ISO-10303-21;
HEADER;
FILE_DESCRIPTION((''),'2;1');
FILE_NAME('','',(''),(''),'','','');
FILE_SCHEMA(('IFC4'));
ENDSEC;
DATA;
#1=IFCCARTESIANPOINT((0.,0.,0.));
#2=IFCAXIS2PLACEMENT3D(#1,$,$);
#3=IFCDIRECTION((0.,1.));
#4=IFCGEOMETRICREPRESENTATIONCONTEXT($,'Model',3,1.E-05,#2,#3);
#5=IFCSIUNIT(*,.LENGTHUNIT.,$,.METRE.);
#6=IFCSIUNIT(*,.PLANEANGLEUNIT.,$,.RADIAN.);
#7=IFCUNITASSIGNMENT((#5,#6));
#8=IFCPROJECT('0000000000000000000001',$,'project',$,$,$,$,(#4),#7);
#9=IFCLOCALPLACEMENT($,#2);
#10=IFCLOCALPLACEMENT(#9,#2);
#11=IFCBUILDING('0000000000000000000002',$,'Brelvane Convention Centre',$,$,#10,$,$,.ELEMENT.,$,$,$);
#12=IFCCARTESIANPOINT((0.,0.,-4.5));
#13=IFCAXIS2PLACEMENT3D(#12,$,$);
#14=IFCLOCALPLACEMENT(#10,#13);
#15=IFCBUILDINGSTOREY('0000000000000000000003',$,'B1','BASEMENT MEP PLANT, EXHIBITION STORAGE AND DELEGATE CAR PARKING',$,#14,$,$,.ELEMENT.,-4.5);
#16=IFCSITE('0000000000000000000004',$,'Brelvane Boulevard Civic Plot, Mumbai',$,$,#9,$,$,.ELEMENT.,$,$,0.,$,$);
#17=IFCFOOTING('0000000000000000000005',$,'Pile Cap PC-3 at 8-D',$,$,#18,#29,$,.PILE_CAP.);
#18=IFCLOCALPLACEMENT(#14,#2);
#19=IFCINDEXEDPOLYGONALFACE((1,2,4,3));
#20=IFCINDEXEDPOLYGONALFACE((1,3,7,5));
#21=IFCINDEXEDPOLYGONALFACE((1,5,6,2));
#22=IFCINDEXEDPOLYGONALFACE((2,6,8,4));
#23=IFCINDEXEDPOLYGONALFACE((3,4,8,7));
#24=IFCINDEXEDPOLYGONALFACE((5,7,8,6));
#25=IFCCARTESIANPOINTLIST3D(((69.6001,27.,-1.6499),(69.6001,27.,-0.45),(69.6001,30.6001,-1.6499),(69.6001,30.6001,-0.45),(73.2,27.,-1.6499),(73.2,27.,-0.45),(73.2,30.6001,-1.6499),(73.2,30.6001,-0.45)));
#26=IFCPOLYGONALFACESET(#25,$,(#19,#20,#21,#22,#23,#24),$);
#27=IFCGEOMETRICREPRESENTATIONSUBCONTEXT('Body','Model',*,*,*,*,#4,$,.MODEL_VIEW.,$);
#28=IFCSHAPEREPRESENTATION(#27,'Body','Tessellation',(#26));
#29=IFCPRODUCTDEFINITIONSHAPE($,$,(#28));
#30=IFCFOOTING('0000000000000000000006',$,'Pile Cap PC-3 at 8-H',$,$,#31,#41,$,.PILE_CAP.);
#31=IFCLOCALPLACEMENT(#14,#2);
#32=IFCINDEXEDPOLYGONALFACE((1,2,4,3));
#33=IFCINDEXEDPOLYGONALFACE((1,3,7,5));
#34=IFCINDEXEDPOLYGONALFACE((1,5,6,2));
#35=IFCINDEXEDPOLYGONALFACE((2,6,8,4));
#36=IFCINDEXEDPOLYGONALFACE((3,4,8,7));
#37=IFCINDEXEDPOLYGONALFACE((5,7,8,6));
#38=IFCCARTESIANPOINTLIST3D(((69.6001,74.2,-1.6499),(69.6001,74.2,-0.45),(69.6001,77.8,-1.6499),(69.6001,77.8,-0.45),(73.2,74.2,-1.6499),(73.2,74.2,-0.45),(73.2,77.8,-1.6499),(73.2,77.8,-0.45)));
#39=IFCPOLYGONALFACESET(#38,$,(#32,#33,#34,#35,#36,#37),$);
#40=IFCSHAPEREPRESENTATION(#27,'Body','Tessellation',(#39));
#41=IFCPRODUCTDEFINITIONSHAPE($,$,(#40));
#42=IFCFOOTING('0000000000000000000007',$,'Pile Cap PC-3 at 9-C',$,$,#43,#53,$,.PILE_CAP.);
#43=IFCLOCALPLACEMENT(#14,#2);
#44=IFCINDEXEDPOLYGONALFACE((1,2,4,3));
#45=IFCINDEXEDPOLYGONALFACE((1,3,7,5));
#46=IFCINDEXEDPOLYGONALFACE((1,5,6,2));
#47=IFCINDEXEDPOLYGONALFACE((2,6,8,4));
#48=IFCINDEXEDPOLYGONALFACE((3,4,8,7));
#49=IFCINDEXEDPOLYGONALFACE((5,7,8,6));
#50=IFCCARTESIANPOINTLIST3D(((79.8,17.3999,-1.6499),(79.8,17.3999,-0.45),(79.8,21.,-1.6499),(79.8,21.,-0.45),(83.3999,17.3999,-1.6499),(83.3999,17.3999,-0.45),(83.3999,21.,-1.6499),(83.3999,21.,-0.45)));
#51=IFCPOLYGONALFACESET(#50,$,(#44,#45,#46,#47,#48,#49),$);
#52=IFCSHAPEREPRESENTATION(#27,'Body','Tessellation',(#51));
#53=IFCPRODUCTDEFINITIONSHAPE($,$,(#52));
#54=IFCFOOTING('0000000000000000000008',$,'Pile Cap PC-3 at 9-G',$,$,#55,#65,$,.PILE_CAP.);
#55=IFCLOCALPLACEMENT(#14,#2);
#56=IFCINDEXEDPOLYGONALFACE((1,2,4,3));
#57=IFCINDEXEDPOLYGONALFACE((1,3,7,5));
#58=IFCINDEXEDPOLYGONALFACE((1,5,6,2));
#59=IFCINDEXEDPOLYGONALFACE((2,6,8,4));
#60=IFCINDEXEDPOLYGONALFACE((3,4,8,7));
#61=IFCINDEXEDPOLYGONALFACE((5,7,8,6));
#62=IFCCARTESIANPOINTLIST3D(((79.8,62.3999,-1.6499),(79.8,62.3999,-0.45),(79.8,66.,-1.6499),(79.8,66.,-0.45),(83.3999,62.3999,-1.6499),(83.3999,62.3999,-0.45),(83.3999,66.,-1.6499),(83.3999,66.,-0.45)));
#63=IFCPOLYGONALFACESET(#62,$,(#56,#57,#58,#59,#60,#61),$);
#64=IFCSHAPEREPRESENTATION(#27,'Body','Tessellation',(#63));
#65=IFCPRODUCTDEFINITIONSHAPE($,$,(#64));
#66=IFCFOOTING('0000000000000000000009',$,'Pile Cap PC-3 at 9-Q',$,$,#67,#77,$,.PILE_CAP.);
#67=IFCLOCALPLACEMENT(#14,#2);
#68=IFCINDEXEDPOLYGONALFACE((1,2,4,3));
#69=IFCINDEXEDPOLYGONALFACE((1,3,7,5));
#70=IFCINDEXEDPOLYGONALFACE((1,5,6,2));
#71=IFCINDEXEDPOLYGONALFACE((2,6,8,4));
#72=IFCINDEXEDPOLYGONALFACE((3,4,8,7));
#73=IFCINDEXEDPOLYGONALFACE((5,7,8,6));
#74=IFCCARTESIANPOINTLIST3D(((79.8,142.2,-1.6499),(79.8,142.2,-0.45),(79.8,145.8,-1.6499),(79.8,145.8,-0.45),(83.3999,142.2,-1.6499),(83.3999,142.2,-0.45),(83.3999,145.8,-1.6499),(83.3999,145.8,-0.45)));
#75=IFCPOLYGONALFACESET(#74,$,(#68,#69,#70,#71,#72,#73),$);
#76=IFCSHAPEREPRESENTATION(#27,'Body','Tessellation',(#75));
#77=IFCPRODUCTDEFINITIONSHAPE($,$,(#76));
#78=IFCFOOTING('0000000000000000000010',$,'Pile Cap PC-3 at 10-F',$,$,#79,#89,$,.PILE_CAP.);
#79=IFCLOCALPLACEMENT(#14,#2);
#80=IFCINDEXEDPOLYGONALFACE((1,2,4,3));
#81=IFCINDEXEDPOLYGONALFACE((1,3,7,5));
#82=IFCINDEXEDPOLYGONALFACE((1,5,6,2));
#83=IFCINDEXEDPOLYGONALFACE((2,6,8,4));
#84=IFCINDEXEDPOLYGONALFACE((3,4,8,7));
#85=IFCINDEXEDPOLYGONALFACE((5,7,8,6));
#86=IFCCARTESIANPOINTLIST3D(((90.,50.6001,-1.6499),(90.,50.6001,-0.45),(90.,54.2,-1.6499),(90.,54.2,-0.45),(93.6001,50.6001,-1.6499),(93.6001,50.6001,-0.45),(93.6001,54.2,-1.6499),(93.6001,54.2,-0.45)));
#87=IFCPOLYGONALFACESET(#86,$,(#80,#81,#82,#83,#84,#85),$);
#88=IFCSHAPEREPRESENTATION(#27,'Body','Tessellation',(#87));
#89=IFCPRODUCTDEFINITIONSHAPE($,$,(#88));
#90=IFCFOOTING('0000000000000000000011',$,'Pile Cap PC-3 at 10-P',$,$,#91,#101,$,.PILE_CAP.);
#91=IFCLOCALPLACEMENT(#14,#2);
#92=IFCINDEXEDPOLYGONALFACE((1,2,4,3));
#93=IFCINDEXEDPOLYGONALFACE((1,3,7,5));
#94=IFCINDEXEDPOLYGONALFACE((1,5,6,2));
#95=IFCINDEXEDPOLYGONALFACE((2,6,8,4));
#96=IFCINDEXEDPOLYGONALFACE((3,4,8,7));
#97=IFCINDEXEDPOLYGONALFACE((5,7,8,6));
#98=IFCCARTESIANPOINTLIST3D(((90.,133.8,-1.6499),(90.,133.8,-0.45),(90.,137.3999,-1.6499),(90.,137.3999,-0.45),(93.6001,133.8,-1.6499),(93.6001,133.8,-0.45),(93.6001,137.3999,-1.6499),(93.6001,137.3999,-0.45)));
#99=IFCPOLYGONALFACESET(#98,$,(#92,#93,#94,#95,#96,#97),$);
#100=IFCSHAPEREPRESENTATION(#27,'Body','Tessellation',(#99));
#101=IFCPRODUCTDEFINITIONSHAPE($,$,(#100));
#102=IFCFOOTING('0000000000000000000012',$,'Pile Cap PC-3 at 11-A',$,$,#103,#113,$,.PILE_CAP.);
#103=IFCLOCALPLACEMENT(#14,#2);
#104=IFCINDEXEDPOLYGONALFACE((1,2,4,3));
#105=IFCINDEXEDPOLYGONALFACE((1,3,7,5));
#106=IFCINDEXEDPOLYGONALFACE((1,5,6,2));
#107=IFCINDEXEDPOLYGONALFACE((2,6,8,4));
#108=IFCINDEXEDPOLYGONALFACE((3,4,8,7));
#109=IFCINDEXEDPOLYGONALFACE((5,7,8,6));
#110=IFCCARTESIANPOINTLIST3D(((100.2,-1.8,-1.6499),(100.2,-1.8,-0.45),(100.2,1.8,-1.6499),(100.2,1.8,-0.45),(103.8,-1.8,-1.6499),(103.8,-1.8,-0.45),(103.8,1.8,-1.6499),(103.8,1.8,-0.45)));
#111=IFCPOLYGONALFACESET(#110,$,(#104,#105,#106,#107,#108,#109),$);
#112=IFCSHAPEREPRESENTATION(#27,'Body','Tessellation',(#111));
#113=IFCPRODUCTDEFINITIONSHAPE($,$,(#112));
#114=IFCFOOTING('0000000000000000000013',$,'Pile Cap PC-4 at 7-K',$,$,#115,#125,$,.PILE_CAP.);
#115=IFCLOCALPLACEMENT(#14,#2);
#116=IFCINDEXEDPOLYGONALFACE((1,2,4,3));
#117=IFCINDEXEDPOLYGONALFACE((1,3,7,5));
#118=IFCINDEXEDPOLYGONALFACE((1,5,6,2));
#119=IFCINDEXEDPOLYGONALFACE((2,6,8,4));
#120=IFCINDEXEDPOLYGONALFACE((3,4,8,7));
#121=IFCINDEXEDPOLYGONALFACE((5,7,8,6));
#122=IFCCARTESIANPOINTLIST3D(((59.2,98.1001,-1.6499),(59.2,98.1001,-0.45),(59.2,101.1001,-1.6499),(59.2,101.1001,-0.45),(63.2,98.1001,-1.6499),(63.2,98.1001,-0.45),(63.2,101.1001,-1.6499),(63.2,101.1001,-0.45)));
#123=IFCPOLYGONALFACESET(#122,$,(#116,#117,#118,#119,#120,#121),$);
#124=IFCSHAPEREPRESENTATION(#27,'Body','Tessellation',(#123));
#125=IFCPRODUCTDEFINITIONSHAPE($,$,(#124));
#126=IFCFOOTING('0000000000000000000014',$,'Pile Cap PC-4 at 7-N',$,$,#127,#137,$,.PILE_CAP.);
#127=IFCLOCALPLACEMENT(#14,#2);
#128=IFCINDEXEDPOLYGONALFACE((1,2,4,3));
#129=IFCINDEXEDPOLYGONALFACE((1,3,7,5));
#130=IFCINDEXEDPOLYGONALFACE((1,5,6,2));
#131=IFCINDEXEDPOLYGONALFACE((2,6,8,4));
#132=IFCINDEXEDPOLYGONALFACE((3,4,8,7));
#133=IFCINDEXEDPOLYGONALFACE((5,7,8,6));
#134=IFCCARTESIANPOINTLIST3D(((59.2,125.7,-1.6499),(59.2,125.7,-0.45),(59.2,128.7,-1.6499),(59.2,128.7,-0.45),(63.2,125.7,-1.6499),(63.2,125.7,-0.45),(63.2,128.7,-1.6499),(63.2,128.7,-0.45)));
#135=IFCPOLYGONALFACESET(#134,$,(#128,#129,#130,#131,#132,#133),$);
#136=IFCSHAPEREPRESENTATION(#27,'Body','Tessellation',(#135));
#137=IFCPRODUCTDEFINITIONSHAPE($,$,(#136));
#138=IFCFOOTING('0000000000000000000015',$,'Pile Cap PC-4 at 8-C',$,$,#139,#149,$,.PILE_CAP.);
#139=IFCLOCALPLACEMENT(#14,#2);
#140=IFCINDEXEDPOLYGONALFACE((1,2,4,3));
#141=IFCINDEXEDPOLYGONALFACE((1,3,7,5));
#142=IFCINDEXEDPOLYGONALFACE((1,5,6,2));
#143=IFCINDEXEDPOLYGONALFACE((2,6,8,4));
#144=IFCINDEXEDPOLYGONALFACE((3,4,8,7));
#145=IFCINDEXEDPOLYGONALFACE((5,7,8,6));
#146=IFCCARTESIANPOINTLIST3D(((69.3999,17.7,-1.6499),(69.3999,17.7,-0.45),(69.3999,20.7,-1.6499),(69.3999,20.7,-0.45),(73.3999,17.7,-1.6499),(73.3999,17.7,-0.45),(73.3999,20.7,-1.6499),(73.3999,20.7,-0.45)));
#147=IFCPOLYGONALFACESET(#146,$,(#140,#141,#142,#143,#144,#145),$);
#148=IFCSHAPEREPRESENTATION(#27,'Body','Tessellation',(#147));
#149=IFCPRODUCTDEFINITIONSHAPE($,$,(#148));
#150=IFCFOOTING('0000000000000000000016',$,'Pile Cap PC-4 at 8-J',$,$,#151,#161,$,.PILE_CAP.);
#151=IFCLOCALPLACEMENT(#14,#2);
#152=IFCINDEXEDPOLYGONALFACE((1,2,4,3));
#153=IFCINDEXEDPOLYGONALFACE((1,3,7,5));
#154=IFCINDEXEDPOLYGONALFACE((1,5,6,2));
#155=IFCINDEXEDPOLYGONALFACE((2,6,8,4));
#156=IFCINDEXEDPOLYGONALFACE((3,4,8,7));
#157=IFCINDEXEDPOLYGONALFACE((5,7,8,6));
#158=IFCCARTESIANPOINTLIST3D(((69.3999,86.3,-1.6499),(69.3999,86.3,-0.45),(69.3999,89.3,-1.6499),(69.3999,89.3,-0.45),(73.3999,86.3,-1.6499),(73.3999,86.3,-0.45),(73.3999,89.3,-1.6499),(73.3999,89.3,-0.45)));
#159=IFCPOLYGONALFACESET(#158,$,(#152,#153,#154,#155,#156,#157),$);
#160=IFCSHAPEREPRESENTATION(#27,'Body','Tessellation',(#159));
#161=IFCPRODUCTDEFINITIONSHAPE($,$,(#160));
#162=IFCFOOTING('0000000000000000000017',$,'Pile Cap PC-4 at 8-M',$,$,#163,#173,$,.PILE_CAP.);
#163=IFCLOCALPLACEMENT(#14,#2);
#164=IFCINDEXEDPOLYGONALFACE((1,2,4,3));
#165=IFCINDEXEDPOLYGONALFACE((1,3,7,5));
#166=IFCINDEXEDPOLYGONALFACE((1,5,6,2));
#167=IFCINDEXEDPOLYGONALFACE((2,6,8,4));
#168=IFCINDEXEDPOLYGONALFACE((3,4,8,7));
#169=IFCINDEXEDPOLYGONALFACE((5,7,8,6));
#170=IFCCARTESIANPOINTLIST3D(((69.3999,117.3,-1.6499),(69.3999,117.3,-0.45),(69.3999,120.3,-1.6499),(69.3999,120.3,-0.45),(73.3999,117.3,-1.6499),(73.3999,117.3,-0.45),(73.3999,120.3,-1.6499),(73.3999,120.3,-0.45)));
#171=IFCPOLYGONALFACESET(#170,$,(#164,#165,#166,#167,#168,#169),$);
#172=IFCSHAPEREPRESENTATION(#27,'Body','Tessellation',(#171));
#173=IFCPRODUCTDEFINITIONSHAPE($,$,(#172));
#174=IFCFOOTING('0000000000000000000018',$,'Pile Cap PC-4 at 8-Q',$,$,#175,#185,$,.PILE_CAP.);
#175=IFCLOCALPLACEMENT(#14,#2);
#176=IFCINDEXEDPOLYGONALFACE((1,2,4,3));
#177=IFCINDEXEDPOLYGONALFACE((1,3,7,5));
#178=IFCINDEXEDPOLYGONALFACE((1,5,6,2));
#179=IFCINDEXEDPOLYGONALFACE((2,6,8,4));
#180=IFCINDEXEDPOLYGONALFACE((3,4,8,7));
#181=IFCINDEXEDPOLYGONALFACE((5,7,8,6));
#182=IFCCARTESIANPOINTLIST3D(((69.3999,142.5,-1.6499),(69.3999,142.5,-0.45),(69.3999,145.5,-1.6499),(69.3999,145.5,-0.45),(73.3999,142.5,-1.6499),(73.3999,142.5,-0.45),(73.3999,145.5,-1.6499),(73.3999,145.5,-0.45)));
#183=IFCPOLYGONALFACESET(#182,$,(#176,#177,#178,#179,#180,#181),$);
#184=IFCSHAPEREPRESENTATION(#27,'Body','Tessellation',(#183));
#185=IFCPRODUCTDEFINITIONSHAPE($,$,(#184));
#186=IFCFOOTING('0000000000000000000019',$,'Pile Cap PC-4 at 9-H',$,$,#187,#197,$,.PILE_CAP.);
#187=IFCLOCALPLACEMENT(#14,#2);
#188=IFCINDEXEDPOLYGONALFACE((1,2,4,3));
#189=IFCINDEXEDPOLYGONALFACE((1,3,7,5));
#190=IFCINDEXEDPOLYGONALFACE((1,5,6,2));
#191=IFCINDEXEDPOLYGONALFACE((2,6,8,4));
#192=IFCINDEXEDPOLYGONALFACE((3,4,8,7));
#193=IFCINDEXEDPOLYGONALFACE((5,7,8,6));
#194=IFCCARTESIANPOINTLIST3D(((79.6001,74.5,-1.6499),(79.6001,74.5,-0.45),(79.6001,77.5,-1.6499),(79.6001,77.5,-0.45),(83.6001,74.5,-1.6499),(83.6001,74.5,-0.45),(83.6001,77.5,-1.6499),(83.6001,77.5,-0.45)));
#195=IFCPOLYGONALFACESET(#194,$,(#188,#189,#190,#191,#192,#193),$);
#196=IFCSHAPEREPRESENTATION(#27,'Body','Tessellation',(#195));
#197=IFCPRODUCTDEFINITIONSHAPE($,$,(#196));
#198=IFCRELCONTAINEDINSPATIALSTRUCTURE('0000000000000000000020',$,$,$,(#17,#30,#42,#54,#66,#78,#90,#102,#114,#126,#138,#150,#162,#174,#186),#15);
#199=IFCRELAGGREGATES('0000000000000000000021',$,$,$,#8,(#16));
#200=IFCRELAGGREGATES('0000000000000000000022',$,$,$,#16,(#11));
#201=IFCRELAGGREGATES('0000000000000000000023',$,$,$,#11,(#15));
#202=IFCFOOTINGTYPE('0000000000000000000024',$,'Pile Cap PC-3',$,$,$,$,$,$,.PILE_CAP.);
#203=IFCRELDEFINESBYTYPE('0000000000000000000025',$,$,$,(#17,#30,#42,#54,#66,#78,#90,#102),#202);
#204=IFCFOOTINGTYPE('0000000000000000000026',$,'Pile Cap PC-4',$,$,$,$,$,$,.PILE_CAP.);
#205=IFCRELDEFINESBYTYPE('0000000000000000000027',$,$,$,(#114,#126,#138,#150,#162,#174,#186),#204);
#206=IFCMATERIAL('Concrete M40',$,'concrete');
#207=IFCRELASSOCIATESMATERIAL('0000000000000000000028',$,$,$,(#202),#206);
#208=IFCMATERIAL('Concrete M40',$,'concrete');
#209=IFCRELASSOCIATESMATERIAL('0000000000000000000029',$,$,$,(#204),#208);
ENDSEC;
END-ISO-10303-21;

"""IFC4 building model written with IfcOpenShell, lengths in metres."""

from ifc_helpers import new_model, si_unit, direction, frame, origin, place, context, subcontext, project, spatial, polyline, outline, extrude, material, type_object, element, save


model = new_model("IFC4")

# Units and contexts
model_context = context("Model", 3, precision=1e-05, world=origin(), true_north=direction((0.0, 1.0)))
body_context = subcontext(model_context, "Body", "Model", "MODEL_VIEW")
ifc_project = project(units=[si_unit("LENGTHUNIT", "METRE"), si_unit("PLANEANGLEUNIT", "RADIAN")], contexts=[model_context])

# Site, building, storey
site_placement = place(None, origin())
site = spatial("IfcSite", under=ifc_project, at=site_placement, Name="Brelvane Boulevard Civic Plot, Mumbai", CompositionType="ELEMENT", RefElevation=0.0)
building_placement = place(site_placement, origin())
building = spatial("IfcBuilding", under=site, at=building_placement, Name="Brelvane Convention Centre", CompositionType="ELEMENT")
storey_placement = place(building_placement, frame((0.0, 0.0, -4.5)))
storey = spatial("IfcBuildingStorey", under=building, at=storey_placement, Name="B1", Description="BASEMENT MEP PLANT, EXHIBITION STORAGE AND DELEGATE CAR PARKING", CompositionType="ELEMENT", Elevation=-4.5)

# Footings
ifc_material_1 = material(Name="Concrete M40", Category="concrete")
footing_type_1 = type_object("IfcFootingType", Name="Pile Cap PC-3", PredefinedType="PILE_CAP", material=ifc_material_1)
footing_1_placement = place(storey_placement, frame((0.0, 0.0, -1.6499)))
element("IfcFooting", 1, at=footing_1_placement, inside=storey, type_object=footing_type_1, Name="Pile Cap PC-3 at 8-D", PredefinedType="PILE_CAP", context=body_context, shape_type="SweptSolid", body=[
    extrude(outline(polyline([(69.6001, 27.0), (73.2, 27.0), (73.2, 30.6001), (69.6001, 30.6001), (69.6001, 27.0)])), origin(), (0.0, 0.0, 1.0), 1.2),
])
footing_2_placement = place(storey_placement, frame((0.0, 0.0, -1.6499)))
element("IfcFooting", 2, at=footing_2_placement, inside=storey, type_object=footing_type_1, Name="Pile Cap PC-3 at 8-H", PredefinedType="PILE_CAP", context=body_context, shape_type="SweptSolid", body=[
    extrude(outline(polyline([(69.6001, 74.2), (73.2, 74.2), (73.2, 77.8), (69.6001, 77.8), (69.6001, 74.2)])), origin(), (0.0, 0.0, 1.0), 1.2),
])
footing_3_placement = place(storey_placement, frame((0.0, 0.0, -1.6499)))
element("IfcFooting", 3, at=footing_3_placement, inside=storey, type_object=footing_type_1, Name="Pile Cap PC-3 at 9-C", PredefinedType="PILE_CAP", context=body_context, shape_type="SweptSolid", body=[
    extrude(outline(polyline([(79.8, 17.3999), (83.3999, 17.3999), (83.3999, 21.0), (79.8, 21.0), (79.8, 17.3999)])), origin(), (0.0, 0.0, 1.0), 1.2),
])
footing_4_placement = place(storey_placement, frame((0.0, 0.0, -1.6499)))
element("IfcFooting", 4, at=footing_4_placement, inside=storey, type_object=footing_type_1, Name="Pile Cap PC-3 at 9-G", PredefinedType="PILE_CAP", context=body_context, shape_type="SweptSolid", body=[
    extrude(outline(polyline([(79.8, 62.3999), (83.3999, 62.3999), (83.3999, 66.0), (79.8, 66.0), (79.8, 62.3999)])), origin(), (0.0, 0.0, 1.0), 1.2),
])
footing_5_placement = place(storey_placement, frame((0.0, 0.0, -1.6499)))
element("IfcFooting", 5, at=footing_5_placement, inside=storey, type_object=footing_type_1, Name="Pile Cap PC-3 at 9-Q", PredefinedType="PILE_CAP", context=body_context, shape_type="SweptSolid", body=[
    extrude(outline(polyline([(79.8, 142.2), (83.3999, 142.2), (83.3999, 145.8), (79.8, 145.8), (79.8, 142.2)])), origin(), (0.0, 0.0, 1.0), 1.2),
])
footing_6_placement = place(storey_placement, frame((0.0, 0.0, -1.6499)))
element("IfcFooting", 6, at=footing_6_placement, inside=storey, type_object=footing_type_1, Name="Pile Cap PC-3 at 10-F", PredefinedType="PILE_CAP", context=body_context, shape_type="SweptSolid", body=[
    extrude(outline(polyline([(90.0, 50.6001), (93.6001, 50.6001), (93.6001, 54.2), (90.0, 54.2), (90.0, 50.6001)])), origin(), (0.0, 0.0, 1.0), 1.2),
])
footing_7_placement = place(storey_placement, frame((0.0, 0.0, -1.6499)))
element("IfcFooting", 7, at=footing_7_placement, inside=storey, type_object=footing_type_1, Name="Pile Cap PC-3 at 10-P", PredefinedType="PILE_CAP", context=body_context, shape_type="SweptSolid", body=[
    extrude(outline(polyline([(90.0, 133.8), (93.6001, 133.8), (93.6001, 137.3999), (90.0, 137.3999), (90.0, 133.8)])), origin(), (0.0, 0.0, 1.0), 1.2),
])
footing_8_placement = place(storey_placement, frame((0.0, 0.0, -1.6499)))
element("IfcFooting", 8, at=footing_8_placement, inside=storey, type_object=footing_type_1, Name="Pile Cap PC-3 at 11-A", PredefinedType="PILE_CAP", context=body_context, shape_type="SweptSolid", body=[
    extrude(outline(polyline([(100.2, -1.8), (103.8, -1.8), (103.8, 1.8), (100.2, 1.8), (100.2, -1.8)])), origin(), (0.0, 0.0, 1.0), 1.2),
])
ifc_material_2 = material(Name="Concrete M40", Category="concrete")
footing_type_2 = type_object("IfcFootingType", Name="Pile Cap PC-4", PredefinedType="PILE_CAP", material=ifc_material_2)
footing_9_placement = place(storey_placement, frame((0.0, 0.0, -1.6499)))
element("IfcFooting", 9, at=footing_9_placement, inside=storey, type_object=footing_type_2, Name="Pile Cap PC-4 at 7-K", PredefinedType="PILE_CAP", context=body_context, shape_type="SweptSolid", body=[
    extrude(outline(polyline([(59.2, 98.1001), (63.2, 98.1001), (63.2, 101.1001), (59.2, 101.1001), (59.2, 98.1001)])), origin(), (0.0, 0.0, 1.0), 1.2),
])
footing_10_placement = place(storey_placement, frame((0.0, 0.0, -1.6499)))
element("IfcFooting", 10, at=footing_10_placement, inside=storey, type_object=footing_type_2, Name="Pile Cap PC-4 at 7-N", PredefinedType="PILE_CAP", context=body_context, shape_type="SweptSolid", body=[
    extrude(outline(polyline([(59.2, 125.7), (63.2, 125.7), (63.2, 128.7), (59.2, 128.7), (59.2, 125.7)])), origin(), (0.0, 0.0, 1.0), 1.2),
])
footing_11_placement = place(storey_placement, frame((0.0, 0.0, -1.6499)))
element("IfcFooting", 11, at=footing_11_placement, inside=storey, type_object=footing_type_2, Name="Pile Cap PC-4 at 8-C", PredefinedType="PILE_CAP", context=body_context, shape_type="SweptSolid", body=[
    extrude(outline(polyline([(69.3999, 17.7), (73.3999, 17.7), (73.3999, 20.7), (69.3999, 20.7), (69.3999, 17.7)])), origin(), (0.0, 0.0, 1.0), 1.2),
])
footing_12_placement = place(storey_placement, frame((0.0, 0.0, -1.6499)))
element("IfcFooting", 12, at=footing_12_placement, inside=storey, type_object=footing_type_2, Name="Pile Cap PC-4 at 8-J", PredefinedType="PILE_CAP", context=body_context, shape_type="SweptSolid", body=[
    extrude(outline(polyline([(69.3999, 86.3), (73.3999, 86.3), (73.3999, 89.3), (69.3999, 89.3), (69.3999, 86.3)])), origin(), (0.0, 0.0, 1.0), 1.2),
])
footing_13_placement = place(storey_placement, frame((0.0, 0.0, -1.6499)))
element("IfcFooting", 13, at=footing_13_placement, inside=storey, type_object=footing_type_2, Name="Pile Cap PC-4 at 8-M", PredefinedType="PILE_CAP", context=body_context, shape_type="SweptSolid", body=[
    extrude(outline(polyline([(69.3999, 117.3), (73.3999, 117.3), (73.3999, 120.3), (69.3999, 120.3), (69.3999, 117.3)])), origin(), (0.0, 0.0, 1.0), 1.2),
])
footing_14_placement = place(storey_placement, frame((0.0, 0.0, -1.6499)))
element("IfcFooting", 14, at=footing_14_placement, inside=storey, type_object=footing_type_2, Name="Pile Cap PC-4 at 8-Q", PredefinedType="PILE_CAP", context=body_context, shape_type="SweptSolid", body=[
    extrude(outline(polyline([(69.3999, 142.5), (73.3999, 142.5), (73.3999, 145.5), (69.3999, 145.5), (69.3999, 142.5)])), origin(), (0.0, 0.0, 1.0), 1.2),
])
footing_15_placement = place(storey_placement, frame((0.0, 0.0, -1.6499)))
element("IfcFooting", 15, at=footing_15_placement, inside=storey, type_object=footing_type_2, Name="Pile Cap PC-4 at 9-H", PredefinedType="PILE_CAP", context=body_context, shape_type="SweptSolid", body=[
    extrude(outline(polyline([(79.6001, 74.5), (83.6001, 74.5), (83.6001, 77.5), (79.6001, 77.5), (79.6001, 74.5)])), origin(), (0.0, 0.0, 1.0), 1.2),
])

save(model, "model.ifc")
